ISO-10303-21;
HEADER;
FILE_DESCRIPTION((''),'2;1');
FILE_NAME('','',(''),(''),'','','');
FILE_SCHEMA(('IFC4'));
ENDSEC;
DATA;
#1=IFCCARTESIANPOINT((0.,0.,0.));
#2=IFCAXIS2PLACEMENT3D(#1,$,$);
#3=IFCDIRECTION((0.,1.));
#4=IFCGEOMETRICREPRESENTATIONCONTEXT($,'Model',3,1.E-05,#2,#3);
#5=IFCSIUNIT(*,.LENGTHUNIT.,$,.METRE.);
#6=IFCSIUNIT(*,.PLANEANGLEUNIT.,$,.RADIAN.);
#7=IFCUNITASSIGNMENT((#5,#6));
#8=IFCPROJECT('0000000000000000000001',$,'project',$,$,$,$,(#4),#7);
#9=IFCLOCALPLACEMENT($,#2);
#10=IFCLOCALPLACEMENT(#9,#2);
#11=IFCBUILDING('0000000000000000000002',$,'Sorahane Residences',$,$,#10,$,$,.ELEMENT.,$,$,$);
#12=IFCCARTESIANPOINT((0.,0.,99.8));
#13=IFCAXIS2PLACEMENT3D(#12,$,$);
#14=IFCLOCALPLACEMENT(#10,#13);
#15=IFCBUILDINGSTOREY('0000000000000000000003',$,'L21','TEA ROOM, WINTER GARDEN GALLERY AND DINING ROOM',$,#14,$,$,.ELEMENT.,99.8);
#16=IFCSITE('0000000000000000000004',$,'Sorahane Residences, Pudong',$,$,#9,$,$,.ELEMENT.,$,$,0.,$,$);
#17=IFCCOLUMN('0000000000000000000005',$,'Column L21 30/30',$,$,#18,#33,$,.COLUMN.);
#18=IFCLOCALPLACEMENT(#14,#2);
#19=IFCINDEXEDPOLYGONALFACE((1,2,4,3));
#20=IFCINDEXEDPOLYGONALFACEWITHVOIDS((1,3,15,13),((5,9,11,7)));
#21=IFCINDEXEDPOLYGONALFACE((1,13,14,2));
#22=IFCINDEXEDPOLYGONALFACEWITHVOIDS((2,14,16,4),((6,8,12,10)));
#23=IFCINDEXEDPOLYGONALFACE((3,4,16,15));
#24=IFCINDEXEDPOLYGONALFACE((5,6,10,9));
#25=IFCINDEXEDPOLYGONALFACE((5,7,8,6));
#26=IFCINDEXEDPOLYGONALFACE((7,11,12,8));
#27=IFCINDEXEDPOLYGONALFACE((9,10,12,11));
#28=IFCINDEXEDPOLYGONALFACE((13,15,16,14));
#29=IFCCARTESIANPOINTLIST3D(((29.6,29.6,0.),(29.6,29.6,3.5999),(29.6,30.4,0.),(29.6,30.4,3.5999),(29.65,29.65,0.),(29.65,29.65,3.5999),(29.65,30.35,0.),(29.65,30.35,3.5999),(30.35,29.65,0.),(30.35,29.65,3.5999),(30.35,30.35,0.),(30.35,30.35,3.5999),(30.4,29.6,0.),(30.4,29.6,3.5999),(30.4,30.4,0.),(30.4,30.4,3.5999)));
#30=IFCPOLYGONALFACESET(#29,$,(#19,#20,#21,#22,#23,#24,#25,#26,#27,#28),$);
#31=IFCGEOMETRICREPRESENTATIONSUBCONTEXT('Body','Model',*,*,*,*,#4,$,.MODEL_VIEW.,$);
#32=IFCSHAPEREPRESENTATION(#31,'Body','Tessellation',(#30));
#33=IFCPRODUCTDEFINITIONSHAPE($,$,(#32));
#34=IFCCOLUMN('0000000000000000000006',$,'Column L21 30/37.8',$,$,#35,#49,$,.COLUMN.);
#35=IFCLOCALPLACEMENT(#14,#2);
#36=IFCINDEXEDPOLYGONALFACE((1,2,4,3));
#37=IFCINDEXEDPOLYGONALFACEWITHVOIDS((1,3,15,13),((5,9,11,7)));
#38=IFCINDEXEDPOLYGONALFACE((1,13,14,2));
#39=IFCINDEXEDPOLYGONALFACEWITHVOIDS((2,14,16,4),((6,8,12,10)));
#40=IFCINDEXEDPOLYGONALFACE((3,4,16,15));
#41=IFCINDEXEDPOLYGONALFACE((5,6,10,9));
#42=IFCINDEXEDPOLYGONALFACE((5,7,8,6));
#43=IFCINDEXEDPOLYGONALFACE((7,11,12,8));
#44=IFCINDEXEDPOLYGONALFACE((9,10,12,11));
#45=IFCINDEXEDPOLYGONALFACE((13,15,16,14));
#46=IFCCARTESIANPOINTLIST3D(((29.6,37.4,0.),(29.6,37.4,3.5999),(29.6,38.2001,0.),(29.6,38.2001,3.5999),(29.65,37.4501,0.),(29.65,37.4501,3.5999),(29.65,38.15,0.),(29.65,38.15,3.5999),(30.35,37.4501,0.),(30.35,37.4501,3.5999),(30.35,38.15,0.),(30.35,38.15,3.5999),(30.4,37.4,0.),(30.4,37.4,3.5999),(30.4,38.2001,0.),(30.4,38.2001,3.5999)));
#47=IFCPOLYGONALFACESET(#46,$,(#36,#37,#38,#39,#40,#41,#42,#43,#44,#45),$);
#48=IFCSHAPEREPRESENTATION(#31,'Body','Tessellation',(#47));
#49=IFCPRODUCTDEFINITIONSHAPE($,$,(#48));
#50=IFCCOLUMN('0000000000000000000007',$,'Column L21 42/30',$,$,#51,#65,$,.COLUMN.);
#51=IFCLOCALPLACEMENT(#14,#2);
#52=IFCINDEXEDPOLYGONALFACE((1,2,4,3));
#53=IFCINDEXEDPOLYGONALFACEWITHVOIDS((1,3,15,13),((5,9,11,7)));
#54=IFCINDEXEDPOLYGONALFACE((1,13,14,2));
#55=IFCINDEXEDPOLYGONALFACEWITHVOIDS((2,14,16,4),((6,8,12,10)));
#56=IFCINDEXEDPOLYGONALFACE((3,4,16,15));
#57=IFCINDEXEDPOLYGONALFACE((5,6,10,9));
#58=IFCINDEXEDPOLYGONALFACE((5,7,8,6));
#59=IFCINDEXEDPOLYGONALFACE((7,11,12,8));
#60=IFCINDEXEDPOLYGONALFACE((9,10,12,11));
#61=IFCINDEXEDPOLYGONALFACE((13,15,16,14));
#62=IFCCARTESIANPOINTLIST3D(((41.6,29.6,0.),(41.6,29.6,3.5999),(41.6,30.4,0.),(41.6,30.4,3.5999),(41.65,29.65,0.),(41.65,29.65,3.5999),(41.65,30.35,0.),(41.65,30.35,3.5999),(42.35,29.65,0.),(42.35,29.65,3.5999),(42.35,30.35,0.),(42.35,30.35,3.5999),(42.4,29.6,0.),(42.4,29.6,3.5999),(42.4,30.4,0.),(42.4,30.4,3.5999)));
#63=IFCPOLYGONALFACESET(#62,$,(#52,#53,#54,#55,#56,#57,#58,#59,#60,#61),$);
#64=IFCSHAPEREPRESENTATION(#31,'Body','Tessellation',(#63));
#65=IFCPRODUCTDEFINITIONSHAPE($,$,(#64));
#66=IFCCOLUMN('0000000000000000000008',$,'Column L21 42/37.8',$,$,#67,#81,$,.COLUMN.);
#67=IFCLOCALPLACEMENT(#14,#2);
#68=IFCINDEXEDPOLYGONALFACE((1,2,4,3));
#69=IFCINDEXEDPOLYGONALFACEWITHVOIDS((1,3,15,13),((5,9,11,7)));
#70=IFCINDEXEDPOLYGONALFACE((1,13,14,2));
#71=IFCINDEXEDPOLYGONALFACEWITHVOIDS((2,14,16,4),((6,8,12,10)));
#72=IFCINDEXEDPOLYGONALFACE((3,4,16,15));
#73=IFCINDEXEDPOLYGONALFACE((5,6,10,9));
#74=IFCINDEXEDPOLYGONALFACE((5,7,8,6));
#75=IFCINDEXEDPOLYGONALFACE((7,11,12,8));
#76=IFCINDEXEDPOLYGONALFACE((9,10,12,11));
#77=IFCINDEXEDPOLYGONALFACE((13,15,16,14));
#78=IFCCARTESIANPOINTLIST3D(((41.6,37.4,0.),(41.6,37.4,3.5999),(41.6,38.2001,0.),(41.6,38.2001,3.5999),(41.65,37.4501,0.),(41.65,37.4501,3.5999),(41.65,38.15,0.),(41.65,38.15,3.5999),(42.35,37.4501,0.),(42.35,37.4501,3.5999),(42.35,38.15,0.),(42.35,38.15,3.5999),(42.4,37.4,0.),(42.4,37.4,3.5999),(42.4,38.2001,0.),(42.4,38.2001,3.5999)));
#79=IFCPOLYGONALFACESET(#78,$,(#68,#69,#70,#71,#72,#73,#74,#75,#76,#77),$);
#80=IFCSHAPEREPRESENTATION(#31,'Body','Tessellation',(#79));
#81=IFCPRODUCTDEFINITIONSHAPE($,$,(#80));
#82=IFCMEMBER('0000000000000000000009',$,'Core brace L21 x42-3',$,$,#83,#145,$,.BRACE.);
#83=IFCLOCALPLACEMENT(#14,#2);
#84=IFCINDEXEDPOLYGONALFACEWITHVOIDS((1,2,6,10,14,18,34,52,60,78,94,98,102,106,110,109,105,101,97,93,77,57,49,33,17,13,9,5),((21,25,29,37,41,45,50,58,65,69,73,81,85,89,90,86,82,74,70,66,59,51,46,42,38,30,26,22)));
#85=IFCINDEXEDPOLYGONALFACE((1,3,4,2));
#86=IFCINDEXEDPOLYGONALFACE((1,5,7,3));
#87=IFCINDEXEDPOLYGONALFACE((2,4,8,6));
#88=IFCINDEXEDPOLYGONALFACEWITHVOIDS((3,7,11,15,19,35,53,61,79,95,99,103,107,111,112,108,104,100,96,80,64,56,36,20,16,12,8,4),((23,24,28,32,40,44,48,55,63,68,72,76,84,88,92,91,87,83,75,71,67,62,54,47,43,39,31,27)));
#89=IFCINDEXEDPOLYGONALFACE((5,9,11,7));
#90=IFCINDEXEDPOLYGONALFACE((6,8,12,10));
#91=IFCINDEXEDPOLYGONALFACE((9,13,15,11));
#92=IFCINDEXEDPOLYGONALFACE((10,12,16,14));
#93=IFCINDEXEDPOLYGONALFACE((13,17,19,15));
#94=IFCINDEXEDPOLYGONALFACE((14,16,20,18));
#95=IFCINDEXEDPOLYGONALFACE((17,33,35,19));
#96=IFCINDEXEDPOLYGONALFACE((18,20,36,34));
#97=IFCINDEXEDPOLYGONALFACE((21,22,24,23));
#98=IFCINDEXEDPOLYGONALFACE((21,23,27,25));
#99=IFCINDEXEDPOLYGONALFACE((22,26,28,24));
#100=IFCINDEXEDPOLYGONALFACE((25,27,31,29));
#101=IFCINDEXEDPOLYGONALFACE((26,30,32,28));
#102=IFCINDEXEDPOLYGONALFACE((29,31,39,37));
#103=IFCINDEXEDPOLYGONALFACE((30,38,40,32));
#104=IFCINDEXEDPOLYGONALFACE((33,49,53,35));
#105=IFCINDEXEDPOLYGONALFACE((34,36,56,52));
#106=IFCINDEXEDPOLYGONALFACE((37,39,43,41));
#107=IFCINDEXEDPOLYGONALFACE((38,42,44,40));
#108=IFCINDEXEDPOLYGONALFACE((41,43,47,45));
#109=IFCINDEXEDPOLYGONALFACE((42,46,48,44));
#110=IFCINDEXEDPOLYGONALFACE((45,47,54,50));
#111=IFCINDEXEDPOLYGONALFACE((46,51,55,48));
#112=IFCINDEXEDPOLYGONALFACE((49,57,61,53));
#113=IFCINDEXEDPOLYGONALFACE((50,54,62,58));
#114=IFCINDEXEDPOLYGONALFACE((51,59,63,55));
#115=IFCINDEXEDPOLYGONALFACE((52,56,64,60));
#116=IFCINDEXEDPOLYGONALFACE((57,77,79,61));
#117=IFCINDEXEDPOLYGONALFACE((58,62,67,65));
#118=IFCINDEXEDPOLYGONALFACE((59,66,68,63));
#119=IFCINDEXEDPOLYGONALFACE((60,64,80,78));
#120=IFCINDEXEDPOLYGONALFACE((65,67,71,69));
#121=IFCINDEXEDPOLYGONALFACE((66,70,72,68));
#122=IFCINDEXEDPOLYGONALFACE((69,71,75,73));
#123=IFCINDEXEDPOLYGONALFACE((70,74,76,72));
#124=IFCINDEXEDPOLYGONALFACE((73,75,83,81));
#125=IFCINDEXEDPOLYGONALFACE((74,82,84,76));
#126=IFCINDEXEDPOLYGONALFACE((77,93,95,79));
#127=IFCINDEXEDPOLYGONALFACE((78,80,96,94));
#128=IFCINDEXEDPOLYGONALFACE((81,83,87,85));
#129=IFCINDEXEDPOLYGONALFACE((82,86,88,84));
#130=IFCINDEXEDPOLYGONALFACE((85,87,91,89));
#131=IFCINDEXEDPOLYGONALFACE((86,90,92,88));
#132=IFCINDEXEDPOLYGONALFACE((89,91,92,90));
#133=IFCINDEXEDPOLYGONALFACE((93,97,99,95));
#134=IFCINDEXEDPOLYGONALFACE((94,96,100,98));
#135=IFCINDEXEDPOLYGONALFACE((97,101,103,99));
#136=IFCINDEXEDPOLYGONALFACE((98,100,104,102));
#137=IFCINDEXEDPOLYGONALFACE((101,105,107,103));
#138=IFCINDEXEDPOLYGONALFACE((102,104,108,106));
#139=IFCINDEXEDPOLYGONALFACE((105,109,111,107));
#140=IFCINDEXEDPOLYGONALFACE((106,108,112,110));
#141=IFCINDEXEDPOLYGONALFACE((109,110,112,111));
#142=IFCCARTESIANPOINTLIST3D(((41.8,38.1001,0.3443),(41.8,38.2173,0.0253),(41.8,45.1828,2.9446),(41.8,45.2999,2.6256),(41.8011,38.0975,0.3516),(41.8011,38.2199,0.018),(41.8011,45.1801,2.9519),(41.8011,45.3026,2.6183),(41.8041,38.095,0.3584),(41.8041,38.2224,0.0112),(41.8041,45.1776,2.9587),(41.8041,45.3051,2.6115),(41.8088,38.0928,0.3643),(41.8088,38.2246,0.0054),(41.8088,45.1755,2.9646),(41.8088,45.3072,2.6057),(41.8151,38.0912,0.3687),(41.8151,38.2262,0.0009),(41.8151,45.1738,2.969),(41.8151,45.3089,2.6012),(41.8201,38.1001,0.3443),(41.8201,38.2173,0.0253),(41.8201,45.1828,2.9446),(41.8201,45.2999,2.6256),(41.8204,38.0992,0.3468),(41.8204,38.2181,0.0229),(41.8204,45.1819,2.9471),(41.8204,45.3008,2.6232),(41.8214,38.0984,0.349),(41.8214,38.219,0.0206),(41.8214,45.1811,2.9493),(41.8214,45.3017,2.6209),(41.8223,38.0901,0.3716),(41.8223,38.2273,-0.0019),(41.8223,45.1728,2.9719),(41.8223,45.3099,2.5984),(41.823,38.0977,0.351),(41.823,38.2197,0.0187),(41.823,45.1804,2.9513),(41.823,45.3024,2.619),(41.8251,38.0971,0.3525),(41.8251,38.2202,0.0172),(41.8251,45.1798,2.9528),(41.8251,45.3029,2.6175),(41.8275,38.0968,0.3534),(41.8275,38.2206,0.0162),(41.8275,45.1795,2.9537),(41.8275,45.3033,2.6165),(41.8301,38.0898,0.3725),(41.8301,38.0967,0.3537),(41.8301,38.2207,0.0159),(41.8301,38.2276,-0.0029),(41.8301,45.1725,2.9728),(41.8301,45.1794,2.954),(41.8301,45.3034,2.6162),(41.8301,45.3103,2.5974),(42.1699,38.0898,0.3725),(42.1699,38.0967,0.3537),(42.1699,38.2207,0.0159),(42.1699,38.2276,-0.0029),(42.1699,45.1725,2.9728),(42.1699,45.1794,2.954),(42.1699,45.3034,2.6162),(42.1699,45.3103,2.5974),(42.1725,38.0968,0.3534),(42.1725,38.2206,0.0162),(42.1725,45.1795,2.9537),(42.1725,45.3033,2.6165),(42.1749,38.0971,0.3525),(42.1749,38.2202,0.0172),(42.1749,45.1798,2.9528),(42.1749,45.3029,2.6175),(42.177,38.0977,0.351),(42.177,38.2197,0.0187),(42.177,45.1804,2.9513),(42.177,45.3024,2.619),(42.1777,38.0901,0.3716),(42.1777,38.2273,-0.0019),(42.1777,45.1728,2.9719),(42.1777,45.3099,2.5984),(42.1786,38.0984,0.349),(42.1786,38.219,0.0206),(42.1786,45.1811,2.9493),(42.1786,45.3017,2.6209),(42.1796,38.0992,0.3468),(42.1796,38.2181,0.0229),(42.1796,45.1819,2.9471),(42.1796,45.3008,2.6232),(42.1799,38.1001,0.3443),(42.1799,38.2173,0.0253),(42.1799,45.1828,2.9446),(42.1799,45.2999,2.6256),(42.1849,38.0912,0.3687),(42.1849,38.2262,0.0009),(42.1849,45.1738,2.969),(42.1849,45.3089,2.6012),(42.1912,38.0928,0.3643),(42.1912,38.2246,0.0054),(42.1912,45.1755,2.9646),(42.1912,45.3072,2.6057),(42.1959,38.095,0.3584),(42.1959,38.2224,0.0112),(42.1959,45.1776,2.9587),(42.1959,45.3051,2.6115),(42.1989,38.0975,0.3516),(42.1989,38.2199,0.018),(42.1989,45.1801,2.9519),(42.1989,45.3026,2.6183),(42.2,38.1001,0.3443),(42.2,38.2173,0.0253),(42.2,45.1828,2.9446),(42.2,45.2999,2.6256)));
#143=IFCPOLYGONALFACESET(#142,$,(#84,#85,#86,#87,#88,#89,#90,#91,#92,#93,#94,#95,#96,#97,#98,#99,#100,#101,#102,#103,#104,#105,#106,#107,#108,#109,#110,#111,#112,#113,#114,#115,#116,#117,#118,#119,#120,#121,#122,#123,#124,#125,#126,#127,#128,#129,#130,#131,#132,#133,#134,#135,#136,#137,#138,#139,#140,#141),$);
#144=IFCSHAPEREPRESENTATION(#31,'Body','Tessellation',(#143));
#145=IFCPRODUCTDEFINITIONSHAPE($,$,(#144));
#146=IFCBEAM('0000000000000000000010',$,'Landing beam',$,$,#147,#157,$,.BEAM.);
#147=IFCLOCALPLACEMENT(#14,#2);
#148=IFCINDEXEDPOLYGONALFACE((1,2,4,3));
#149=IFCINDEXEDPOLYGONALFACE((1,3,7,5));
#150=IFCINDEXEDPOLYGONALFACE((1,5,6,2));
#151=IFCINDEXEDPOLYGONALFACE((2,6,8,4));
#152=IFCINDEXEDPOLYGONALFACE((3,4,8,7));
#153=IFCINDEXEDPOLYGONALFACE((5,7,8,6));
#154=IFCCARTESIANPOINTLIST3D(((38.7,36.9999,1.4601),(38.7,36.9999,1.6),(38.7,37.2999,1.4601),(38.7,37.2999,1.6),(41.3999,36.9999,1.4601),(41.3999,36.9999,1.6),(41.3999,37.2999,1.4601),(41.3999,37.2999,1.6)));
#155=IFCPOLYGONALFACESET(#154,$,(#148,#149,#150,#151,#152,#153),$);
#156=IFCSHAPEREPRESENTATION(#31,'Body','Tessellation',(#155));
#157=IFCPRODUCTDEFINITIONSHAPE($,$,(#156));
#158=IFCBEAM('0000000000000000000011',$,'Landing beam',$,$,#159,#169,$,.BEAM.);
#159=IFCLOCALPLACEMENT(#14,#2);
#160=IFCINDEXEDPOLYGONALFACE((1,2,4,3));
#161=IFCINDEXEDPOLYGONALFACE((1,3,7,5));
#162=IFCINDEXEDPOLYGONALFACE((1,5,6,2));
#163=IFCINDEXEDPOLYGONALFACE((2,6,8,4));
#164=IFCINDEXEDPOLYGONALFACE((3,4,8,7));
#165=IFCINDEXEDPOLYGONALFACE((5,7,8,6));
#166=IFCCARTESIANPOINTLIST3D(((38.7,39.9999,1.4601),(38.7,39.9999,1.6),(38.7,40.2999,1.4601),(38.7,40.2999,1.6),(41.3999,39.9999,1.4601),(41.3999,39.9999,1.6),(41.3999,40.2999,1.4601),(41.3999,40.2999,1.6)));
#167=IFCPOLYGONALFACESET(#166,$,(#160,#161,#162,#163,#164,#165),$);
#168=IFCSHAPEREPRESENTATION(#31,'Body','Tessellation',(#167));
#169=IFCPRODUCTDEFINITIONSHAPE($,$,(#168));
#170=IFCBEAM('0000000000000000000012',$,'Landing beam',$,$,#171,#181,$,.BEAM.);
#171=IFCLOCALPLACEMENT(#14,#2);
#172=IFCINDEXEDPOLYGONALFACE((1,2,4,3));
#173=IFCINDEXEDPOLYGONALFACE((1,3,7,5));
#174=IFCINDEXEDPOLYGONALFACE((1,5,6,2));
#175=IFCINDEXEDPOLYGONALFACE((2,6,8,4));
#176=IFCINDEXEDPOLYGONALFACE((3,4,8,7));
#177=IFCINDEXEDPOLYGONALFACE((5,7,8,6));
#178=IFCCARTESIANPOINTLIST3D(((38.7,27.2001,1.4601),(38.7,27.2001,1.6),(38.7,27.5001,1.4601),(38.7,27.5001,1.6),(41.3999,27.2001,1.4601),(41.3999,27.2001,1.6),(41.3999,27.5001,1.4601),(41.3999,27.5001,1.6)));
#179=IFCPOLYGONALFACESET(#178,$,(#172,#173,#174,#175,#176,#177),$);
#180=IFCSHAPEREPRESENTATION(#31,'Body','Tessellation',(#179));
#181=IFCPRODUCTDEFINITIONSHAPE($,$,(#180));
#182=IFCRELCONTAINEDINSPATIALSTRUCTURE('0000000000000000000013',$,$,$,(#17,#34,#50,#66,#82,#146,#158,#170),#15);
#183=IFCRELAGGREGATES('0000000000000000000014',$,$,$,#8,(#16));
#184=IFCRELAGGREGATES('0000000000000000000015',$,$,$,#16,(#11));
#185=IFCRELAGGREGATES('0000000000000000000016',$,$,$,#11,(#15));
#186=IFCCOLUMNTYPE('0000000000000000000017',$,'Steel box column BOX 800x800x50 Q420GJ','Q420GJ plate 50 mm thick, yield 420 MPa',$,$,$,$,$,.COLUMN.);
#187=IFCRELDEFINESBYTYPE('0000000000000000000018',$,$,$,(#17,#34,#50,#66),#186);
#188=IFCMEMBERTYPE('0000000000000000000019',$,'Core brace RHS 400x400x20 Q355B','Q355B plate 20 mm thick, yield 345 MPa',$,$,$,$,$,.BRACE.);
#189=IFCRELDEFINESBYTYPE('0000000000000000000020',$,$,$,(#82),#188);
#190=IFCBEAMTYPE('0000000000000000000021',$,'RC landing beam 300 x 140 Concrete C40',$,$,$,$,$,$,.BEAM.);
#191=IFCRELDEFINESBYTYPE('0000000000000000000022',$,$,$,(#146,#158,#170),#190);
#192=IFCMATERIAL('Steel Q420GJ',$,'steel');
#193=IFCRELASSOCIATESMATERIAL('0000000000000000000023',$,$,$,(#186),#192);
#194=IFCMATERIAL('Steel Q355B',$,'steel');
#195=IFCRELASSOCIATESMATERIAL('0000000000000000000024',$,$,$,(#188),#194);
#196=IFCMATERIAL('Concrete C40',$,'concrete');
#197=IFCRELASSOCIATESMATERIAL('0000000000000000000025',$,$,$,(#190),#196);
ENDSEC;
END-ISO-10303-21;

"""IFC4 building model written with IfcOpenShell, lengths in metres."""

from ifc_helpers import new_model, si_unit, direction, frame, origin, origin_2d, place, context, subcontext, project, spatial, rectangle, hollow_rectangle, extrude, material, material_profile, profile_set, type_object, element, save


model = new_model("IFC4")

# Units and contexts
model_context = context("Model", 3, precision=1e-05, world=origin(), true_north=direction((0.0, 1.0)))
body_context = subcontext(model_context, "Body", "Model", "MODEL_VIEW")
ifc_project = project(units=[si_unit("LENGTHUNIT", "METRE"), si_unit("PLANEANGLEUNIT", "RADIAN")], contexts=[model_context])

# Site, building, storey
site_placement = place(None, origin())
site = spatial("IfcSite", under=ifc_project, at=site_placement, Name="Sorahane Residences, Pudong", CompositionType="ELEMENT", RefElevation=0.0)
building_placement = place(site_placement, origin())
building = spatial("IfcBuilding", under=site, at=building_placement, Name="Sorahane Residences", CompositionType="ELEMENT")
storey_placement = place(building_placement, frame((0.0, 0.0, 99.8)))
storey = spatial("IfcBuildingStorey", under=building, at=storey_placement, Name="L21", Description="TEA ROOM, WINTER GARDEN GALLERY AND DINING ROOM", CompositionType="ELEMENT", Elevation=99.8)

# Columns
ifc_material_1 = material(Name="Steel Q420GJ", Category="steel")
ifc_material_profile_1 = material_profile(ifc_material_1, hollow_rectangle(XDim=0.8, YDim=0.8, WallThickness=0.05, at=origin_2d()), Name="BOX 800x800x50")
ifc_profile_set_1 = profile_set([ifc_material_profile_1], Name="Steel Q420GJ")
column_type = type_object("IfcColumnType", Name="Steel box column BOX 800x800x50 Q420GJ", Description="Q420GJ plate 50 mm thick, yield 420 MPa", PredefinedType="COLUMN", material=ifc_profile_set_1)
for number, where, z_axis, x_axis, name in (
    (1, (30.0, 30.0, 0.0), (0.0, 0.0, 1.0), (1.0, 0.0, 0.0), "Column L21 30/30"),
    (2, (30.0, 37.8, 0.0), (0.0, 0.0, 1.0), (1.0, 0.0, 0.0), "Column L21 30/37.8"),
    (3, (42.0, 30.0, 0.0), (0.0, 0.0, 1.0), (1.0, 0.0, 0.0), "Column L21 42/30"),
    (4, (42.0, 37.8, 0.0), (0.0, 0.0, 1.0), (1.0, 0.0, 0.0), "Column L21 42/37.8"),
):
    element("IfcColumn", number, at=place(storey_placement, frame(where, z_axis=z_axis, x_axis=x_axis)), inside=storey, type_object=column_type, Name=name, PredefinedType="COLUMN", context=body_context, shape_type="SweptSolid", body=[
        extrude(hollow_rectangle(XDim=0.8, YDim=0.8, WallThickness=0.05, at=origin_2d()), origin(), (0.0, 0.0, 1.0), 3.5999),
    ])

# Member
ifc_material_2 = material(Name="Steel Q355B", Category="steel")
ifc_material_profile_2 = material_profile(ifc_material_2, hollow_rectangle(XDim=0.3999, YDim=0.3999, WallThickness=0.02, InnerFilletRadius=0.01, OuterFilletRadius=0.03, at=origin_2d()), Name="RHS 400x400x20")
ifc_profile_set_2 = profile_set([ifc_material_profile_2], Name="Steel Q355B")
member_type = type_object("IfcMemberType", Name="Core brace RHS 400x400x20 Q355B", Description="Q355B plate 20 mm thick, yield 345 MPa", PredefinedType="BRACE", material=ifc_profile_set_2)
member_placement = place(storey_placement, frame((42.0, 38.1587, 0.1848), z_axis=(0.0, 0.938734, 0.344643), x_axis=(-1.0, 0.0, 0.0)))
element("IfcMember", 5, at=member_placement, inside=storey, type_object=member_type, Name="Core brace L21 x42-3", PredefinedType="BRACE", context=body_context, shape_type="SweptSolid", body=[
    extrude(hollow_rectangle(XDim=0.3999, YDim=0.3999, WallThickness=0.02, InnerFilletRadius=0.01, OuterFilletRadius=0.03, at=origin_2d()), origin(), (0.0, 0.0, 1.0), 7.5449),
])

# Beams
ifc_material_3 = material(Name="Concrete C40", Category="concrete")
ifc_material_profile_3 = material_profile(ifc_material_3, rectangle(XDim=0.3, YDim=0.1399, at=origin_2d()), Name="300x140")
ifc_profile_set_3 = profile_set([ifc_material_profile_3], Name="Concrete C40")
beam_type_1 = type_object("IfcBeamType", Name="RC landing beam 300 x 140 Concrete C40", PredefinedType="BEAM", material=ifc_profile_set_3)
for number, where, z_axis, x_axis, name in (
    (6, (38.7, 37.1499, 1.53), (1.0, 0.0, 0.0), (0.0, 1.0, 0.0), "Landing beam"),
    (7, (38.7, 40.1499, 1.53), (1.0, 0.0, 0.0), (0.0, 1.0, 0.0), "Landing beam"),
    (8, (38.7, 27.3501, 1.53), (1.0, 0.0, 0.0), (0.0, 1.0, 0.0), "Landing beam"),
):
    element("IfcBeam", number, at=place(storey_placement, frame(where, z_axis=z_axis, x_axis=x_axis)), inside=storey, type_object=beam_type_1, Name=name, PredefinedType="BEAM", context=body_context, shape_type="SweptSolid", body=[
        extrude(rectangle(XDim=0.3, YDim=0.1399, at=origin_2d()), origin(), (0.0, 0.0, 1.0), 2.7),
    ])

save(model, "model.ifc")
